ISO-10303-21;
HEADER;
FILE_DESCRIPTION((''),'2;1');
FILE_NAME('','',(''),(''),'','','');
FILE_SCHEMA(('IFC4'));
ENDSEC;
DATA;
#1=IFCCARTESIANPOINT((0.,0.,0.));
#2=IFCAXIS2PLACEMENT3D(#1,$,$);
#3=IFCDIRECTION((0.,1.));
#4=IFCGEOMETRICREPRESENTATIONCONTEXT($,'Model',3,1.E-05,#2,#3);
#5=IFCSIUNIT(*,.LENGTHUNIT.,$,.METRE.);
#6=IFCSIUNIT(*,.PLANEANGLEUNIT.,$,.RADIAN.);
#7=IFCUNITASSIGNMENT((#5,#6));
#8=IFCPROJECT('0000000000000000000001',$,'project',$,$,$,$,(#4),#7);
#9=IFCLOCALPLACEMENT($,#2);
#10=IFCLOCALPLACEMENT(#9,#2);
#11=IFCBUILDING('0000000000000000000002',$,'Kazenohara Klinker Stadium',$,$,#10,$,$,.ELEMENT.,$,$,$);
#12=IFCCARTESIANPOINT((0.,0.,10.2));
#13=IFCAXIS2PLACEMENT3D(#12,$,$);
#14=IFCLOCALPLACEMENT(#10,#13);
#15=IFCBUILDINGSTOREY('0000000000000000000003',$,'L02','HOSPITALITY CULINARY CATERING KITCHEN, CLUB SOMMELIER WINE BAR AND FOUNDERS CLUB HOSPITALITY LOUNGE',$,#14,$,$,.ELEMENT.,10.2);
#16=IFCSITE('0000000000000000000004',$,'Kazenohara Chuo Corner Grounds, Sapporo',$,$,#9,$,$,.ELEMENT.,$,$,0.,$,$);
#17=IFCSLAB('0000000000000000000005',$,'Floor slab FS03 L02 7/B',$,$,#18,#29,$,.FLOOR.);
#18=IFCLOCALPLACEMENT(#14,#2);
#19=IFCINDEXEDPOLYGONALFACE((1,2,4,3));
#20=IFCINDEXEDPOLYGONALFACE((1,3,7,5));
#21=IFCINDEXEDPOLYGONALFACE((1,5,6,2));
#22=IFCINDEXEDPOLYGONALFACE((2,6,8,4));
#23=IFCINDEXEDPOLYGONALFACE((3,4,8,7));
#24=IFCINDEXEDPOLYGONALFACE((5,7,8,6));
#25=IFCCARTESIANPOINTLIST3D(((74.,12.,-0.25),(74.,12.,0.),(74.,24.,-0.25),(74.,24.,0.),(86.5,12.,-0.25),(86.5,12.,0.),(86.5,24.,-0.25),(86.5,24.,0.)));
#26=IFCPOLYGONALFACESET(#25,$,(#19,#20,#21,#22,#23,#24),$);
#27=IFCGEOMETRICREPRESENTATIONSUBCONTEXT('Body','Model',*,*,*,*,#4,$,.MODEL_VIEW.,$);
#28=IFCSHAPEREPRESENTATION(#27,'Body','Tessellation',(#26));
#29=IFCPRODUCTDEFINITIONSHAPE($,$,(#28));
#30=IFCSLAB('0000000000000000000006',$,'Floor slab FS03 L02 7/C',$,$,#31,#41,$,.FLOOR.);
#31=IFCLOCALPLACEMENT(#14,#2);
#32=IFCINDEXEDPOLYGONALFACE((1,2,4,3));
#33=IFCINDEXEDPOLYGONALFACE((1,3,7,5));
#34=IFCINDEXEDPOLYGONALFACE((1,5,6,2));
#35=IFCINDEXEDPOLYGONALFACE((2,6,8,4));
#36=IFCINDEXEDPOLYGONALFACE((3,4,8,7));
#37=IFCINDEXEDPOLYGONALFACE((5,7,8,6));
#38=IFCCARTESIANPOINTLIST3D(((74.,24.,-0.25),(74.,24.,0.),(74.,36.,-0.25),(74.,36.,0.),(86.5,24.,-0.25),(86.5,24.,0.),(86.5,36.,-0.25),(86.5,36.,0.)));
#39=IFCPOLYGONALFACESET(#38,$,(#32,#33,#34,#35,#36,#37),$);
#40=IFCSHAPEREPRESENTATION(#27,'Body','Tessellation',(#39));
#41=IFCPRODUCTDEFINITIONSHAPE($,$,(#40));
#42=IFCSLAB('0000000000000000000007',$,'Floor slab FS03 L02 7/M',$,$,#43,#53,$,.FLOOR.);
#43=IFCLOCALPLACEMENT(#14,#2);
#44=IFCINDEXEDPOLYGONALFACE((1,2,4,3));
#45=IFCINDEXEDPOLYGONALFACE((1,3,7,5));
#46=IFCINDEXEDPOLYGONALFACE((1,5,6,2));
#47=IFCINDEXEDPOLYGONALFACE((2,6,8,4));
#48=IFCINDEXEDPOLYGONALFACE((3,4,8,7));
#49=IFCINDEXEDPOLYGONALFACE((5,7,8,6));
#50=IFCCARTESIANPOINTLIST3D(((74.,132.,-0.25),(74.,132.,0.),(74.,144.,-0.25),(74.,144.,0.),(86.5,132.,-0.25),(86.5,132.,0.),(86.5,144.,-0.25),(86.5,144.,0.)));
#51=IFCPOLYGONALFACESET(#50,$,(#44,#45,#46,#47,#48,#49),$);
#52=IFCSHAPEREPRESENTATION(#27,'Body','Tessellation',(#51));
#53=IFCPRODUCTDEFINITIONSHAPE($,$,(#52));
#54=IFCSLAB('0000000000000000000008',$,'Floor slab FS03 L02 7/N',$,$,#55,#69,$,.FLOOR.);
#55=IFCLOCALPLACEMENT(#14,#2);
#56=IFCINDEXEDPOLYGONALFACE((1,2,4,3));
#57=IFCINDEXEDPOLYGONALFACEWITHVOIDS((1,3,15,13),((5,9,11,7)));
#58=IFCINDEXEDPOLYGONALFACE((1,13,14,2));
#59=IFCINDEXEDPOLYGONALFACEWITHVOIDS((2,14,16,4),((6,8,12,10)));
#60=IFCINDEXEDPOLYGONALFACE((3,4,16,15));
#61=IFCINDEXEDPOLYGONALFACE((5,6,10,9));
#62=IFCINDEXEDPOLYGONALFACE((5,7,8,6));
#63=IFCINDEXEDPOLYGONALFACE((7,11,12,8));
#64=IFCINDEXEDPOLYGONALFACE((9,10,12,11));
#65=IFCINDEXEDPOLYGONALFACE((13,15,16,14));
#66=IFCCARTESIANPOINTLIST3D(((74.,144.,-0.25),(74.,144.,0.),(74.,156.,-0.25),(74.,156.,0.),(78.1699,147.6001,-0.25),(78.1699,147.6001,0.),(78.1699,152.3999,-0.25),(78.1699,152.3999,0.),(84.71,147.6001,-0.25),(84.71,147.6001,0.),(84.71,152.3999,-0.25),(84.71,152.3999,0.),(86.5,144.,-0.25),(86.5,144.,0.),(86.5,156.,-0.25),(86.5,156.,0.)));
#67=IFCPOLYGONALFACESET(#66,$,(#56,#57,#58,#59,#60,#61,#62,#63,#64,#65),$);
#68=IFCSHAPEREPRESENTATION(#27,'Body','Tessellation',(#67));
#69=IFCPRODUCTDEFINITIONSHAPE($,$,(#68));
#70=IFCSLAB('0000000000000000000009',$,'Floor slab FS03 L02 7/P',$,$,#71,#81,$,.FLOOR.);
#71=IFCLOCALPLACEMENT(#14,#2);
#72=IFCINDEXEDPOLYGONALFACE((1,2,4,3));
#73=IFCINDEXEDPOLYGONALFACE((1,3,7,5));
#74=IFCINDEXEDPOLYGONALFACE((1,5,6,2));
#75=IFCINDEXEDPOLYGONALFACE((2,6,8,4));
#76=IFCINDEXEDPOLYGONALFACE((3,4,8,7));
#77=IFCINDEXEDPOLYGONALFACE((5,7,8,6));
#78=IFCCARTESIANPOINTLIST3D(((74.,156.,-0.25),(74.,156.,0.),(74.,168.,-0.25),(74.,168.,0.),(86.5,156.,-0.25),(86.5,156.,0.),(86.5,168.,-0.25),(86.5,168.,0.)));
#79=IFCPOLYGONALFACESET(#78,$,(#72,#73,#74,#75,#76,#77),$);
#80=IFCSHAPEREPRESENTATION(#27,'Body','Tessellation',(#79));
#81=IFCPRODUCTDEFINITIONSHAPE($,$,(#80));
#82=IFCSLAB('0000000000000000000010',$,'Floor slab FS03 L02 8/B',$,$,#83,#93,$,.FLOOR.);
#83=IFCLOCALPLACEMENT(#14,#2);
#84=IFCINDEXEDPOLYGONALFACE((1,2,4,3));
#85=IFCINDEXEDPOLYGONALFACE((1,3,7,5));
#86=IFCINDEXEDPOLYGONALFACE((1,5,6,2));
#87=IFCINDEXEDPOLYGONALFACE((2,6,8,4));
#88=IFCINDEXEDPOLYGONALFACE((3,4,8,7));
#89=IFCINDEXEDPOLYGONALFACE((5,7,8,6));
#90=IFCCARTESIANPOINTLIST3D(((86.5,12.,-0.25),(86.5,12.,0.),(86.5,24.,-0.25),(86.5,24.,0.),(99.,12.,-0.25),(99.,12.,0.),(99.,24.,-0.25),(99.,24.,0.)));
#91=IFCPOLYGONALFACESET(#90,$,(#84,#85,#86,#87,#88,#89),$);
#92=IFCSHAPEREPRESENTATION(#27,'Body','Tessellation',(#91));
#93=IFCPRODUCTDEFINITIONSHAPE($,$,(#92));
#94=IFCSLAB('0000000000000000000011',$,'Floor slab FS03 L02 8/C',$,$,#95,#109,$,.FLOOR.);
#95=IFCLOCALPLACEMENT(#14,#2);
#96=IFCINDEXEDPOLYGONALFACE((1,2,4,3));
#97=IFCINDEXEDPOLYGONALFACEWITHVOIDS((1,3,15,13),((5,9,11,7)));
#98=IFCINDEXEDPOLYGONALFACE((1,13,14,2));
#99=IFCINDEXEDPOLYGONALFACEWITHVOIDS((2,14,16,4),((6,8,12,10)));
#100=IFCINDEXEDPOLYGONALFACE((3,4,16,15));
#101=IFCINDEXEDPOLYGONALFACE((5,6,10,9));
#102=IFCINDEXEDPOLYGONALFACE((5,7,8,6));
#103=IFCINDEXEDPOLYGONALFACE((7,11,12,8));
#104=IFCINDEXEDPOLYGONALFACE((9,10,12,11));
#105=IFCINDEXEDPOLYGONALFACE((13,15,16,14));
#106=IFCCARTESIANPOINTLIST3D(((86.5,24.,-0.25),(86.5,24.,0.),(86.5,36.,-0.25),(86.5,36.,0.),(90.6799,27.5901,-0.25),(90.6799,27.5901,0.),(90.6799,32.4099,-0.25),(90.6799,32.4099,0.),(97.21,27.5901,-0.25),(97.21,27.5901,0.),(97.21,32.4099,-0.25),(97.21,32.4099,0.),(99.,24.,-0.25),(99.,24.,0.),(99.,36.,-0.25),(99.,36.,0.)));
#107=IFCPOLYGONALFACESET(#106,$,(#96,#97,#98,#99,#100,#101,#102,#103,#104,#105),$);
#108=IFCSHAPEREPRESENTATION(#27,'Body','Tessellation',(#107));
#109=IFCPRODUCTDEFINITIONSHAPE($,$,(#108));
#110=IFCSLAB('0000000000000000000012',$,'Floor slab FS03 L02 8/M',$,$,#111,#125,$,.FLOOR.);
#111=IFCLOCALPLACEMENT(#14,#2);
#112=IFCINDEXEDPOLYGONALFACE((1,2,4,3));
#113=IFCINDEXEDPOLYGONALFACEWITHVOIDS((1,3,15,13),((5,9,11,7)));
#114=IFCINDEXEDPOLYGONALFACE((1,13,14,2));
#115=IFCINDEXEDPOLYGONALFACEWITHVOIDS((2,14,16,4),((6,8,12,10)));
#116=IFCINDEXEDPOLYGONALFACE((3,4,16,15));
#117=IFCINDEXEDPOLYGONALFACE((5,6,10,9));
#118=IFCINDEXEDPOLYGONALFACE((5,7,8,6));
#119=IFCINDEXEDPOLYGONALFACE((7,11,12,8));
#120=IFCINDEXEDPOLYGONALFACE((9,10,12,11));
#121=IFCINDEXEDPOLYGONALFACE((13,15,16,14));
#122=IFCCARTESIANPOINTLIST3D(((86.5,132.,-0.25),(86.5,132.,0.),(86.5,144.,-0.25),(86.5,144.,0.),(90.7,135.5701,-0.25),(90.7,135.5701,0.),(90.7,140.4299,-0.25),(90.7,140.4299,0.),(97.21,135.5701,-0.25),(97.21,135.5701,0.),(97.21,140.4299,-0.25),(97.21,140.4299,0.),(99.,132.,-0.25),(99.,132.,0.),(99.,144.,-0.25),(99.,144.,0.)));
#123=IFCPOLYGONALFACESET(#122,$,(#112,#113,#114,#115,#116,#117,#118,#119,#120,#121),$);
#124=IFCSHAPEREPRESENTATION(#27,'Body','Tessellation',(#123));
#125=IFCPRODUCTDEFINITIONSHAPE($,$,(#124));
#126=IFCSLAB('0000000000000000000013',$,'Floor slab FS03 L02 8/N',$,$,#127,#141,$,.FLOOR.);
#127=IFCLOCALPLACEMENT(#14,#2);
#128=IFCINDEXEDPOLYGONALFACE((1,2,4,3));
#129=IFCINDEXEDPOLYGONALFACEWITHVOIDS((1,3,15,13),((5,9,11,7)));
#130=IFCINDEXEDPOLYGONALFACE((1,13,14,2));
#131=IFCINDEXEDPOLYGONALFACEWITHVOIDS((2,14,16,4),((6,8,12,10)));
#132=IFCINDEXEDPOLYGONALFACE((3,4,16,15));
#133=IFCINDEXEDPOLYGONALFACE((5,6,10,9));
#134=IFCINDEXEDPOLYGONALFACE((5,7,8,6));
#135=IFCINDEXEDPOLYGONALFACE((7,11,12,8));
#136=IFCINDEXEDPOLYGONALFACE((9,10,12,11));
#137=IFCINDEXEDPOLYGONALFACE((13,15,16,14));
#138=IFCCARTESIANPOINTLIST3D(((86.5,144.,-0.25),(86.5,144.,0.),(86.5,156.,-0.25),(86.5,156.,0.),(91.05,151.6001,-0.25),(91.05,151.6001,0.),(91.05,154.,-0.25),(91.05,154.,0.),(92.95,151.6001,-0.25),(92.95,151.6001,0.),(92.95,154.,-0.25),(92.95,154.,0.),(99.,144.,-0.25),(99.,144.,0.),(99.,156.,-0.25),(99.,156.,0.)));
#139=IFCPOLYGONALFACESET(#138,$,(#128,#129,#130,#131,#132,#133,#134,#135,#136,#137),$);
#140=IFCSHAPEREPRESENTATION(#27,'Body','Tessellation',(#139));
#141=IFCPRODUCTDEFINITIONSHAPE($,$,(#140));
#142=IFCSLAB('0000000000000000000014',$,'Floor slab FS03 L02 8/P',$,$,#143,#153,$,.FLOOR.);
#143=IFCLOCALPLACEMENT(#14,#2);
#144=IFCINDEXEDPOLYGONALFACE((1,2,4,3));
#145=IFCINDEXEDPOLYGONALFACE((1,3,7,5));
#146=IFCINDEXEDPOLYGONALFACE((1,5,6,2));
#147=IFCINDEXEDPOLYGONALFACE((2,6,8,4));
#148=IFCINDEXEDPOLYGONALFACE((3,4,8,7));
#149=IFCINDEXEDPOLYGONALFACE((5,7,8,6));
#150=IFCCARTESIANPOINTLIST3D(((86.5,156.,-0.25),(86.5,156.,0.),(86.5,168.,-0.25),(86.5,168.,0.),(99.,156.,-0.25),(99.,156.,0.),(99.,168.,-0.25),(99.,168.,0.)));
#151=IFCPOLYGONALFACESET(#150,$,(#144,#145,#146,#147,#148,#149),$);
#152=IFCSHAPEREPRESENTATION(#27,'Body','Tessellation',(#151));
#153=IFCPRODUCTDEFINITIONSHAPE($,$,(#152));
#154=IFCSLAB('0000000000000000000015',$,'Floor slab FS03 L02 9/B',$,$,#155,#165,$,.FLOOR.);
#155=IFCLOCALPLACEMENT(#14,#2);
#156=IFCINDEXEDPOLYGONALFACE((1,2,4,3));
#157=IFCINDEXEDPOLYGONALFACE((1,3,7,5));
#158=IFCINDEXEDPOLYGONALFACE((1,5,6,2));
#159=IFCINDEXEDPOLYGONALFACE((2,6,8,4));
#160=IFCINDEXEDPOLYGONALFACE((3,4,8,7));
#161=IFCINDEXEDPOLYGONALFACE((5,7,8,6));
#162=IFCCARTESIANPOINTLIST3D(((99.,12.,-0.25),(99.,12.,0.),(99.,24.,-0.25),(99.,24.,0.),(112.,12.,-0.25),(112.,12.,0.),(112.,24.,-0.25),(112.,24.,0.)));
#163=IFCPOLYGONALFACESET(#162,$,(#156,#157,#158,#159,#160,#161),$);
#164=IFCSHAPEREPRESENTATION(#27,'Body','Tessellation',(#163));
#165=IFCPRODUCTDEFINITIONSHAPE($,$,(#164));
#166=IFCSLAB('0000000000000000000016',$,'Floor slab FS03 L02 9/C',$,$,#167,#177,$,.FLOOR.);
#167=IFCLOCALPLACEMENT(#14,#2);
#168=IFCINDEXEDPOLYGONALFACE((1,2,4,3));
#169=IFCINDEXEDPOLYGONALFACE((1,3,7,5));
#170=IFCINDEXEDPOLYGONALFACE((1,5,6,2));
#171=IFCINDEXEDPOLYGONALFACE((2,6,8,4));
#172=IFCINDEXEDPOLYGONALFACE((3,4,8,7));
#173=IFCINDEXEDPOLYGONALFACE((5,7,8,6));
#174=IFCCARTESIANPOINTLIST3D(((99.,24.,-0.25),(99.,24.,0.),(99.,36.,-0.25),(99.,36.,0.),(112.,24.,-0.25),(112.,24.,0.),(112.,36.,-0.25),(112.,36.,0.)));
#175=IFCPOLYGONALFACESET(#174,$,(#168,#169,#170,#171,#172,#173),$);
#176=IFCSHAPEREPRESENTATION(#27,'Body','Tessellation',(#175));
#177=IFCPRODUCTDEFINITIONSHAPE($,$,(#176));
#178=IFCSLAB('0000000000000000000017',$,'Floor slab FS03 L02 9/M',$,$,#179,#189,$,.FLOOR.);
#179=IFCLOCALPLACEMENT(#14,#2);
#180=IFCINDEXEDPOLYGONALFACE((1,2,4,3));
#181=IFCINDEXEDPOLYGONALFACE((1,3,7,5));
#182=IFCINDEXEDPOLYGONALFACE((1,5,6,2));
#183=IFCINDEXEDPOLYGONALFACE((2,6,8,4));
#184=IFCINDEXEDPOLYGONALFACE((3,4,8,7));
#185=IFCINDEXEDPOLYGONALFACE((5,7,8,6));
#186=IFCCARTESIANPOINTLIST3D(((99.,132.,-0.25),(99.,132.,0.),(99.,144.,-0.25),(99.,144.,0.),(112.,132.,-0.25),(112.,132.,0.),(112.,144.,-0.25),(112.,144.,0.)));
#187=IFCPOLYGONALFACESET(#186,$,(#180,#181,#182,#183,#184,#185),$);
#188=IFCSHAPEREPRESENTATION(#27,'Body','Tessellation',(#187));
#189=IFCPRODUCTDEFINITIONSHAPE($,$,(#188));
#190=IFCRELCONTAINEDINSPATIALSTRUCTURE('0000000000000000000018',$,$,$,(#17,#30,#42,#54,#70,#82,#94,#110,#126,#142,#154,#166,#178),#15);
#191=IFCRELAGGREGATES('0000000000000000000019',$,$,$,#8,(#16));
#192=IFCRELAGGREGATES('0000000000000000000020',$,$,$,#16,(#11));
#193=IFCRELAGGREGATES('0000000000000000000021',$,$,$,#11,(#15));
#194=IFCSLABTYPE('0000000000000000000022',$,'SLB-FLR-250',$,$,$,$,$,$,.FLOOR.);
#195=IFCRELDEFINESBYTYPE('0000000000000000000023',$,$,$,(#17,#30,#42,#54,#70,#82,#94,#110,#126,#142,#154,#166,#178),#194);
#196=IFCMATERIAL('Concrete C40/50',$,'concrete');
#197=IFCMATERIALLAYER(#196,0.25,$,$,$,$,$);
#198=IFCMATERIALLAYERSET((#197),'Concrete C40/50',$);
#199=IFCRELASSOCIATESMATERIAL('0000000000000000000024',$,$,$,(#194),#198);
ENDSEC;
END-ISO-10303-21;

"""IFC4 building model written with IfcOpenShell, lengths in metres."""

from ifc_helpers import new_model, si_unit, direction, frame, origin, place, context, subcontext, project, spatial, polyline, outline, extrude, material, layer, layer_set, type_object, element, save


model = new_model("IFC4")

# Units and contexts
model_context = context("Model", 3, precision=1e-05, world=origin(), true_north=direction((0.0, 1.0)))
body_context = subcontext(model_context, "Body", "Model", "MODEL_VIEW")
ifc_project = project(units=[si_unit("LENGTHUNIT", "METRE"), si_unit("PLANEANGLEUNIT", "RADIAN")], contexts=[model_context])

# Site, building, storey
site_placement = place(None, origin())
site = spatial("IfcSite", under=ifc_project, at=site_placement, Name="Kazenohara Chuo Corner Grounds, Sapporo", CompositionType="ELEMENT", RefElevation=0.0)
building_placement = place(site_placement, origin())
building = spatial("IfcBuilding", under=site, at=building_placement, Name="Kazenohara Klinker Stadium", CompositionType="ELEMENT")
storey_placement = place(building_placement, frame((0.0, 0.0, 10.2)))
storey = spatial("IfcBuildingStorey", under=building, at=storey_placement, Name="L02", Description="HOSPITALITY CULINARY CATERING KITCHEN, CLUB SOMMELIER WINE BAR AND FOUNDERS CLUB HOSPITALITY LOUNGE", CompositionType="ELEMENT", Elevation=10.2)

# Slabs
ifc_material = material(Name="Concrete C40/50", Category="concrete")
ifc_layer = layer(ifc_material, 0.25)
ifc_layer_set = layer_set([ifc_layer], Name="Concrete C40/50")
slab_type = type_object("IfcSlabType", Name="SLB-FLR-250", PredefinedType="FLOOR", material=ifc_layer_set)
slab_1_placement = place(storey_placement, frame((0.0, 0.0, -0.25)))
element("IfcSlab", 1, at=slab_1_placement, inside=storey, type_object=slab_type, Name="Floor slab FS03 L02 7/B", PredefinedType="FLOOR", context=body_context, shape_type="SweptSolid", body=[
    extrude(outline(polyline([(74.0, 12.0), (86.5, 12.0), (86.5, 24.0), (74.0, 24.0), (74.0, 12.0)])), origin(), (0.0, 0.0, 1.0), 0.25),
])
slab_2_placement = place(storey_placement, frame((0.0, 0.0, -0.25)))
element("IfcSlab", 2, at=slab_2_placement, inside=storey, type_object=slab_type, Name="Floor slab FS03 L02 7/C", PredefinedType="FLOOR", context=body_context, shape_type="SweptSolid", body=[
    extrude(outline(polyline([(74.0, 24.0), (86.5, 24.0), (86.5, 36.0), (74.0, 36.0), (74.0, 24.0)])), origin(), (0.0, 0.0, 1.0), 0.25),
])
slab_3_placement = place(storey_placement, frame((0.0, 0.0, -0.25)))
element("IfcSlab", 3, at=slab_3_placement, inside=storey, type_object=slab_type, Name="Floor slab FS03 L02 7/M", PredefinedType="FLOOR", context=body_context, shape_type="SweptSolid", body=[
    extrude(outline(polyline([(74.0, 132.0), (86.5, 132.0), (86.5, 144.0), (74.0, 144.0), (74.0, 132.0)])), origin(), (0.0, 0.0, 1.0), 0.25),
])
slab_4_placement = place(storey_placement, frame((0.0, 0.0, -0.25)))
element("IfcSlab", 4, at=slab_4_placement, inside=storey, type_object=slab_type, Name="Floor slab FS03 L02 7/N", PredefinedType="FLOOR", context=body_context, shape_type="SweptSolid", body=[
    extrude(outline(polyline([(74.0, 144.0), (86.5, 144.0), (86.5, 156.0), (74.0, 156.0), (74.0, 144.0)]), holes=[polyline([(78.1699, 147.6001), (84.71, 147.6001), (84.71, 152.3999), (78.1699, 152.3999), (78.1699, 147.6001)])]), origin(), (0.0, 0.0, 1.0), 0.25),
])
slab_5_placement = place(storey_placement, frame((0.0, 0.0, -0.25)))
element("IfcSlab", 5, at=slab_5_placement, inside=storey, type_object=slab_type, Name="Floor slab FS03 L02 7/P", PredefinedType="FLOOR", context=body_context, shape_type="SweptSolid", body=[
    extrude(outline(polyline([(74.0, 156.0), (86.5, 156.0), (86.5, 168.0), (74.0, 168.0), (74.0, 156.0)])), origin(), (0.0, 0.0, 1.0), 0.25),
])
slab_6_placement = place(storey_placement, frame((0.0, 0.0, -0.25)))
element("IfcSlab", 6, at=slab_6_placement, inside=storey, type_object=slab_type, Name="Floor slab FS03 L02 8/B", PredefinedType="FLOOR", context=body_context, shape_type="SweptSolid", body=[
    extrude(outline(polyline([(86.5, 12.0), (99.0, 12.0), (99.0, 24.0), (86.5, 24.0), (86.5, 12.0)])), origin(), (0.0, 0.0, 1.0), 0.25),
])
slab_7_placement = place(storey_placement, frame((0.0, 0.0, -0.25)))
element("IfcSlab", 7, at=slab_7_placement, inside=storey, type_object=slab_type, Name="Floor slab FS03 L02 8/C", PredefinedType="FLOOR", context=body_context, shape_type="SweptSolid", body=[
    extrude(outline(polyline([(86.5, 24.0), (99.0, 24.0), (99.0, 36.0), (86.5, 36.0), (86.5, 24.0)]), holes=[polyline([(90.6799, 27.5901), (97.21, 27.5901), (97.21, 32.4099), (90.6799, 32.4099), (90.6799, 27.5901)])]), origin(), (0.0, 0.0, 1.0), 0.25),
])
slab_8_placement = place(storey_placement, frame((0.0, 0.0, -0.25)))
element("IfcSlab", 8, at=slab_8_placement, inside=storey, type_object=slab_type, Name="Floor slab FS03 L02 8/M", PredefinedType="FLOOR", context=body_context, shape_type="SweptSolid", body=[
    extrude(outline(polyline([(86.5, 132.0), (99.0, 132.0), (99.0, 144.0), (86.5, 144.0), (86.5, 132.0)]), holes=[polyline([(90.7, 135.5701), (97.21, 135.5701), (97.21, 140.4299), (90.7, 140.4299), (90.7, 135.5701)])]), origin(), (0.0, 0.0, 1.0), 0.25),
])
slab_9_placement = place(storey_placement, frame((0.0, 0.0, -0.25)))
element("IfcSlab", 9, at=slab_9_placement, inside=storey, type_object=slab_type, Name="Floor slab FS03 L02 8/N", PredefinedType="FLOOR", context=body_context, shape_type="SweptSolid", body=[
    extrude(outline(polyline([(86.5, 144.0), (99.0, 144.0), (99.0, 156.0), (86.5, 156.0), (86.5, 144.0)]), holes=[polyline([(91.05, 151.6001), (92.95, 151.6001), (92.95, 154.0), (91.05, 154.0), (91.05, 151.6001)])]), origin(), (0.0, 0.0, 1.0), 0.25),
])
slab_10_placement = place(storey_placement, frame((0.0, 0.0, -0.25)))
element("IfcSlab", 10, at=slab_10_placement, inside=storey, type_object=slab_type, Name="Floor slab FS03 L02 8/P", PredefinedType="FLOOR", context=body_context, shape_type="SweptSolid", body=[
    extrude(outline(polyline([(86.5, 156.0), (99.0, 156.0), (99.0, 168.0), (86.5, 168.0), (86.5, 156.0)])), origin(), (0.0, 0.0, 1.0), 0.25),
])
slab_11_placement = place(storey_placement, frame((0.0, 0.0, -0.25)))
element("IfcSlab", 11, at=slab_11_placement, inside=storey, type_object=slab_type, Name="Floor slab FS03 L02 9/B", PredefinedType="FLOOR", context=body_context, shape_type="SweptSolid", body=[
    extrude(outline(polyline([(99.0, 12.0), (112.0, 12.0), (112.0, 24.0), (99.0, 24.0), (99.0, 12.0)])), origin(), (0.0, 0.0, 1.0), 0.25),
])
slab_12_placement = place(storey_placement, frame((0.0, 0.0, -0.25)))
element("IfcSlab", 12, at=slab_12_placement, inside=storey, type_object=slab_type, Name="Floor slab FS03 L02 9/C", PredefinedType="FLOOR", context=body_context, shape_type="SweptSolid", body=[
    extrude(outline(polyline([(99.0, 24.0), (112.0, 24.0), (112.0, 36.0), (99.0, 36.0), (99.0, 24.0)])), origin(), (0.0, 0.0, 1.0), 0.25),
])
slab_13_placement = place(storey_placement, frame((0.0, 0.0, -0.25)))
element("IfcSlab", 13, at=slab_13_placement, inside=storey, type_object=slab_type, Name="Floor slab FS03 L02 9/M", PredefinedType="FLOOR", context=body_context, shape_type="SweptSolid", body=[
    extrude(outline(polyline([(99.0, 132.0), (112.0, 132.0), (112.0, 144.0), (99.0, 144.0), (99.0, 132.0)])), origin(), (0.0, 0.0, 1.0), 0.25),
])

save(model, "model.ifc")
